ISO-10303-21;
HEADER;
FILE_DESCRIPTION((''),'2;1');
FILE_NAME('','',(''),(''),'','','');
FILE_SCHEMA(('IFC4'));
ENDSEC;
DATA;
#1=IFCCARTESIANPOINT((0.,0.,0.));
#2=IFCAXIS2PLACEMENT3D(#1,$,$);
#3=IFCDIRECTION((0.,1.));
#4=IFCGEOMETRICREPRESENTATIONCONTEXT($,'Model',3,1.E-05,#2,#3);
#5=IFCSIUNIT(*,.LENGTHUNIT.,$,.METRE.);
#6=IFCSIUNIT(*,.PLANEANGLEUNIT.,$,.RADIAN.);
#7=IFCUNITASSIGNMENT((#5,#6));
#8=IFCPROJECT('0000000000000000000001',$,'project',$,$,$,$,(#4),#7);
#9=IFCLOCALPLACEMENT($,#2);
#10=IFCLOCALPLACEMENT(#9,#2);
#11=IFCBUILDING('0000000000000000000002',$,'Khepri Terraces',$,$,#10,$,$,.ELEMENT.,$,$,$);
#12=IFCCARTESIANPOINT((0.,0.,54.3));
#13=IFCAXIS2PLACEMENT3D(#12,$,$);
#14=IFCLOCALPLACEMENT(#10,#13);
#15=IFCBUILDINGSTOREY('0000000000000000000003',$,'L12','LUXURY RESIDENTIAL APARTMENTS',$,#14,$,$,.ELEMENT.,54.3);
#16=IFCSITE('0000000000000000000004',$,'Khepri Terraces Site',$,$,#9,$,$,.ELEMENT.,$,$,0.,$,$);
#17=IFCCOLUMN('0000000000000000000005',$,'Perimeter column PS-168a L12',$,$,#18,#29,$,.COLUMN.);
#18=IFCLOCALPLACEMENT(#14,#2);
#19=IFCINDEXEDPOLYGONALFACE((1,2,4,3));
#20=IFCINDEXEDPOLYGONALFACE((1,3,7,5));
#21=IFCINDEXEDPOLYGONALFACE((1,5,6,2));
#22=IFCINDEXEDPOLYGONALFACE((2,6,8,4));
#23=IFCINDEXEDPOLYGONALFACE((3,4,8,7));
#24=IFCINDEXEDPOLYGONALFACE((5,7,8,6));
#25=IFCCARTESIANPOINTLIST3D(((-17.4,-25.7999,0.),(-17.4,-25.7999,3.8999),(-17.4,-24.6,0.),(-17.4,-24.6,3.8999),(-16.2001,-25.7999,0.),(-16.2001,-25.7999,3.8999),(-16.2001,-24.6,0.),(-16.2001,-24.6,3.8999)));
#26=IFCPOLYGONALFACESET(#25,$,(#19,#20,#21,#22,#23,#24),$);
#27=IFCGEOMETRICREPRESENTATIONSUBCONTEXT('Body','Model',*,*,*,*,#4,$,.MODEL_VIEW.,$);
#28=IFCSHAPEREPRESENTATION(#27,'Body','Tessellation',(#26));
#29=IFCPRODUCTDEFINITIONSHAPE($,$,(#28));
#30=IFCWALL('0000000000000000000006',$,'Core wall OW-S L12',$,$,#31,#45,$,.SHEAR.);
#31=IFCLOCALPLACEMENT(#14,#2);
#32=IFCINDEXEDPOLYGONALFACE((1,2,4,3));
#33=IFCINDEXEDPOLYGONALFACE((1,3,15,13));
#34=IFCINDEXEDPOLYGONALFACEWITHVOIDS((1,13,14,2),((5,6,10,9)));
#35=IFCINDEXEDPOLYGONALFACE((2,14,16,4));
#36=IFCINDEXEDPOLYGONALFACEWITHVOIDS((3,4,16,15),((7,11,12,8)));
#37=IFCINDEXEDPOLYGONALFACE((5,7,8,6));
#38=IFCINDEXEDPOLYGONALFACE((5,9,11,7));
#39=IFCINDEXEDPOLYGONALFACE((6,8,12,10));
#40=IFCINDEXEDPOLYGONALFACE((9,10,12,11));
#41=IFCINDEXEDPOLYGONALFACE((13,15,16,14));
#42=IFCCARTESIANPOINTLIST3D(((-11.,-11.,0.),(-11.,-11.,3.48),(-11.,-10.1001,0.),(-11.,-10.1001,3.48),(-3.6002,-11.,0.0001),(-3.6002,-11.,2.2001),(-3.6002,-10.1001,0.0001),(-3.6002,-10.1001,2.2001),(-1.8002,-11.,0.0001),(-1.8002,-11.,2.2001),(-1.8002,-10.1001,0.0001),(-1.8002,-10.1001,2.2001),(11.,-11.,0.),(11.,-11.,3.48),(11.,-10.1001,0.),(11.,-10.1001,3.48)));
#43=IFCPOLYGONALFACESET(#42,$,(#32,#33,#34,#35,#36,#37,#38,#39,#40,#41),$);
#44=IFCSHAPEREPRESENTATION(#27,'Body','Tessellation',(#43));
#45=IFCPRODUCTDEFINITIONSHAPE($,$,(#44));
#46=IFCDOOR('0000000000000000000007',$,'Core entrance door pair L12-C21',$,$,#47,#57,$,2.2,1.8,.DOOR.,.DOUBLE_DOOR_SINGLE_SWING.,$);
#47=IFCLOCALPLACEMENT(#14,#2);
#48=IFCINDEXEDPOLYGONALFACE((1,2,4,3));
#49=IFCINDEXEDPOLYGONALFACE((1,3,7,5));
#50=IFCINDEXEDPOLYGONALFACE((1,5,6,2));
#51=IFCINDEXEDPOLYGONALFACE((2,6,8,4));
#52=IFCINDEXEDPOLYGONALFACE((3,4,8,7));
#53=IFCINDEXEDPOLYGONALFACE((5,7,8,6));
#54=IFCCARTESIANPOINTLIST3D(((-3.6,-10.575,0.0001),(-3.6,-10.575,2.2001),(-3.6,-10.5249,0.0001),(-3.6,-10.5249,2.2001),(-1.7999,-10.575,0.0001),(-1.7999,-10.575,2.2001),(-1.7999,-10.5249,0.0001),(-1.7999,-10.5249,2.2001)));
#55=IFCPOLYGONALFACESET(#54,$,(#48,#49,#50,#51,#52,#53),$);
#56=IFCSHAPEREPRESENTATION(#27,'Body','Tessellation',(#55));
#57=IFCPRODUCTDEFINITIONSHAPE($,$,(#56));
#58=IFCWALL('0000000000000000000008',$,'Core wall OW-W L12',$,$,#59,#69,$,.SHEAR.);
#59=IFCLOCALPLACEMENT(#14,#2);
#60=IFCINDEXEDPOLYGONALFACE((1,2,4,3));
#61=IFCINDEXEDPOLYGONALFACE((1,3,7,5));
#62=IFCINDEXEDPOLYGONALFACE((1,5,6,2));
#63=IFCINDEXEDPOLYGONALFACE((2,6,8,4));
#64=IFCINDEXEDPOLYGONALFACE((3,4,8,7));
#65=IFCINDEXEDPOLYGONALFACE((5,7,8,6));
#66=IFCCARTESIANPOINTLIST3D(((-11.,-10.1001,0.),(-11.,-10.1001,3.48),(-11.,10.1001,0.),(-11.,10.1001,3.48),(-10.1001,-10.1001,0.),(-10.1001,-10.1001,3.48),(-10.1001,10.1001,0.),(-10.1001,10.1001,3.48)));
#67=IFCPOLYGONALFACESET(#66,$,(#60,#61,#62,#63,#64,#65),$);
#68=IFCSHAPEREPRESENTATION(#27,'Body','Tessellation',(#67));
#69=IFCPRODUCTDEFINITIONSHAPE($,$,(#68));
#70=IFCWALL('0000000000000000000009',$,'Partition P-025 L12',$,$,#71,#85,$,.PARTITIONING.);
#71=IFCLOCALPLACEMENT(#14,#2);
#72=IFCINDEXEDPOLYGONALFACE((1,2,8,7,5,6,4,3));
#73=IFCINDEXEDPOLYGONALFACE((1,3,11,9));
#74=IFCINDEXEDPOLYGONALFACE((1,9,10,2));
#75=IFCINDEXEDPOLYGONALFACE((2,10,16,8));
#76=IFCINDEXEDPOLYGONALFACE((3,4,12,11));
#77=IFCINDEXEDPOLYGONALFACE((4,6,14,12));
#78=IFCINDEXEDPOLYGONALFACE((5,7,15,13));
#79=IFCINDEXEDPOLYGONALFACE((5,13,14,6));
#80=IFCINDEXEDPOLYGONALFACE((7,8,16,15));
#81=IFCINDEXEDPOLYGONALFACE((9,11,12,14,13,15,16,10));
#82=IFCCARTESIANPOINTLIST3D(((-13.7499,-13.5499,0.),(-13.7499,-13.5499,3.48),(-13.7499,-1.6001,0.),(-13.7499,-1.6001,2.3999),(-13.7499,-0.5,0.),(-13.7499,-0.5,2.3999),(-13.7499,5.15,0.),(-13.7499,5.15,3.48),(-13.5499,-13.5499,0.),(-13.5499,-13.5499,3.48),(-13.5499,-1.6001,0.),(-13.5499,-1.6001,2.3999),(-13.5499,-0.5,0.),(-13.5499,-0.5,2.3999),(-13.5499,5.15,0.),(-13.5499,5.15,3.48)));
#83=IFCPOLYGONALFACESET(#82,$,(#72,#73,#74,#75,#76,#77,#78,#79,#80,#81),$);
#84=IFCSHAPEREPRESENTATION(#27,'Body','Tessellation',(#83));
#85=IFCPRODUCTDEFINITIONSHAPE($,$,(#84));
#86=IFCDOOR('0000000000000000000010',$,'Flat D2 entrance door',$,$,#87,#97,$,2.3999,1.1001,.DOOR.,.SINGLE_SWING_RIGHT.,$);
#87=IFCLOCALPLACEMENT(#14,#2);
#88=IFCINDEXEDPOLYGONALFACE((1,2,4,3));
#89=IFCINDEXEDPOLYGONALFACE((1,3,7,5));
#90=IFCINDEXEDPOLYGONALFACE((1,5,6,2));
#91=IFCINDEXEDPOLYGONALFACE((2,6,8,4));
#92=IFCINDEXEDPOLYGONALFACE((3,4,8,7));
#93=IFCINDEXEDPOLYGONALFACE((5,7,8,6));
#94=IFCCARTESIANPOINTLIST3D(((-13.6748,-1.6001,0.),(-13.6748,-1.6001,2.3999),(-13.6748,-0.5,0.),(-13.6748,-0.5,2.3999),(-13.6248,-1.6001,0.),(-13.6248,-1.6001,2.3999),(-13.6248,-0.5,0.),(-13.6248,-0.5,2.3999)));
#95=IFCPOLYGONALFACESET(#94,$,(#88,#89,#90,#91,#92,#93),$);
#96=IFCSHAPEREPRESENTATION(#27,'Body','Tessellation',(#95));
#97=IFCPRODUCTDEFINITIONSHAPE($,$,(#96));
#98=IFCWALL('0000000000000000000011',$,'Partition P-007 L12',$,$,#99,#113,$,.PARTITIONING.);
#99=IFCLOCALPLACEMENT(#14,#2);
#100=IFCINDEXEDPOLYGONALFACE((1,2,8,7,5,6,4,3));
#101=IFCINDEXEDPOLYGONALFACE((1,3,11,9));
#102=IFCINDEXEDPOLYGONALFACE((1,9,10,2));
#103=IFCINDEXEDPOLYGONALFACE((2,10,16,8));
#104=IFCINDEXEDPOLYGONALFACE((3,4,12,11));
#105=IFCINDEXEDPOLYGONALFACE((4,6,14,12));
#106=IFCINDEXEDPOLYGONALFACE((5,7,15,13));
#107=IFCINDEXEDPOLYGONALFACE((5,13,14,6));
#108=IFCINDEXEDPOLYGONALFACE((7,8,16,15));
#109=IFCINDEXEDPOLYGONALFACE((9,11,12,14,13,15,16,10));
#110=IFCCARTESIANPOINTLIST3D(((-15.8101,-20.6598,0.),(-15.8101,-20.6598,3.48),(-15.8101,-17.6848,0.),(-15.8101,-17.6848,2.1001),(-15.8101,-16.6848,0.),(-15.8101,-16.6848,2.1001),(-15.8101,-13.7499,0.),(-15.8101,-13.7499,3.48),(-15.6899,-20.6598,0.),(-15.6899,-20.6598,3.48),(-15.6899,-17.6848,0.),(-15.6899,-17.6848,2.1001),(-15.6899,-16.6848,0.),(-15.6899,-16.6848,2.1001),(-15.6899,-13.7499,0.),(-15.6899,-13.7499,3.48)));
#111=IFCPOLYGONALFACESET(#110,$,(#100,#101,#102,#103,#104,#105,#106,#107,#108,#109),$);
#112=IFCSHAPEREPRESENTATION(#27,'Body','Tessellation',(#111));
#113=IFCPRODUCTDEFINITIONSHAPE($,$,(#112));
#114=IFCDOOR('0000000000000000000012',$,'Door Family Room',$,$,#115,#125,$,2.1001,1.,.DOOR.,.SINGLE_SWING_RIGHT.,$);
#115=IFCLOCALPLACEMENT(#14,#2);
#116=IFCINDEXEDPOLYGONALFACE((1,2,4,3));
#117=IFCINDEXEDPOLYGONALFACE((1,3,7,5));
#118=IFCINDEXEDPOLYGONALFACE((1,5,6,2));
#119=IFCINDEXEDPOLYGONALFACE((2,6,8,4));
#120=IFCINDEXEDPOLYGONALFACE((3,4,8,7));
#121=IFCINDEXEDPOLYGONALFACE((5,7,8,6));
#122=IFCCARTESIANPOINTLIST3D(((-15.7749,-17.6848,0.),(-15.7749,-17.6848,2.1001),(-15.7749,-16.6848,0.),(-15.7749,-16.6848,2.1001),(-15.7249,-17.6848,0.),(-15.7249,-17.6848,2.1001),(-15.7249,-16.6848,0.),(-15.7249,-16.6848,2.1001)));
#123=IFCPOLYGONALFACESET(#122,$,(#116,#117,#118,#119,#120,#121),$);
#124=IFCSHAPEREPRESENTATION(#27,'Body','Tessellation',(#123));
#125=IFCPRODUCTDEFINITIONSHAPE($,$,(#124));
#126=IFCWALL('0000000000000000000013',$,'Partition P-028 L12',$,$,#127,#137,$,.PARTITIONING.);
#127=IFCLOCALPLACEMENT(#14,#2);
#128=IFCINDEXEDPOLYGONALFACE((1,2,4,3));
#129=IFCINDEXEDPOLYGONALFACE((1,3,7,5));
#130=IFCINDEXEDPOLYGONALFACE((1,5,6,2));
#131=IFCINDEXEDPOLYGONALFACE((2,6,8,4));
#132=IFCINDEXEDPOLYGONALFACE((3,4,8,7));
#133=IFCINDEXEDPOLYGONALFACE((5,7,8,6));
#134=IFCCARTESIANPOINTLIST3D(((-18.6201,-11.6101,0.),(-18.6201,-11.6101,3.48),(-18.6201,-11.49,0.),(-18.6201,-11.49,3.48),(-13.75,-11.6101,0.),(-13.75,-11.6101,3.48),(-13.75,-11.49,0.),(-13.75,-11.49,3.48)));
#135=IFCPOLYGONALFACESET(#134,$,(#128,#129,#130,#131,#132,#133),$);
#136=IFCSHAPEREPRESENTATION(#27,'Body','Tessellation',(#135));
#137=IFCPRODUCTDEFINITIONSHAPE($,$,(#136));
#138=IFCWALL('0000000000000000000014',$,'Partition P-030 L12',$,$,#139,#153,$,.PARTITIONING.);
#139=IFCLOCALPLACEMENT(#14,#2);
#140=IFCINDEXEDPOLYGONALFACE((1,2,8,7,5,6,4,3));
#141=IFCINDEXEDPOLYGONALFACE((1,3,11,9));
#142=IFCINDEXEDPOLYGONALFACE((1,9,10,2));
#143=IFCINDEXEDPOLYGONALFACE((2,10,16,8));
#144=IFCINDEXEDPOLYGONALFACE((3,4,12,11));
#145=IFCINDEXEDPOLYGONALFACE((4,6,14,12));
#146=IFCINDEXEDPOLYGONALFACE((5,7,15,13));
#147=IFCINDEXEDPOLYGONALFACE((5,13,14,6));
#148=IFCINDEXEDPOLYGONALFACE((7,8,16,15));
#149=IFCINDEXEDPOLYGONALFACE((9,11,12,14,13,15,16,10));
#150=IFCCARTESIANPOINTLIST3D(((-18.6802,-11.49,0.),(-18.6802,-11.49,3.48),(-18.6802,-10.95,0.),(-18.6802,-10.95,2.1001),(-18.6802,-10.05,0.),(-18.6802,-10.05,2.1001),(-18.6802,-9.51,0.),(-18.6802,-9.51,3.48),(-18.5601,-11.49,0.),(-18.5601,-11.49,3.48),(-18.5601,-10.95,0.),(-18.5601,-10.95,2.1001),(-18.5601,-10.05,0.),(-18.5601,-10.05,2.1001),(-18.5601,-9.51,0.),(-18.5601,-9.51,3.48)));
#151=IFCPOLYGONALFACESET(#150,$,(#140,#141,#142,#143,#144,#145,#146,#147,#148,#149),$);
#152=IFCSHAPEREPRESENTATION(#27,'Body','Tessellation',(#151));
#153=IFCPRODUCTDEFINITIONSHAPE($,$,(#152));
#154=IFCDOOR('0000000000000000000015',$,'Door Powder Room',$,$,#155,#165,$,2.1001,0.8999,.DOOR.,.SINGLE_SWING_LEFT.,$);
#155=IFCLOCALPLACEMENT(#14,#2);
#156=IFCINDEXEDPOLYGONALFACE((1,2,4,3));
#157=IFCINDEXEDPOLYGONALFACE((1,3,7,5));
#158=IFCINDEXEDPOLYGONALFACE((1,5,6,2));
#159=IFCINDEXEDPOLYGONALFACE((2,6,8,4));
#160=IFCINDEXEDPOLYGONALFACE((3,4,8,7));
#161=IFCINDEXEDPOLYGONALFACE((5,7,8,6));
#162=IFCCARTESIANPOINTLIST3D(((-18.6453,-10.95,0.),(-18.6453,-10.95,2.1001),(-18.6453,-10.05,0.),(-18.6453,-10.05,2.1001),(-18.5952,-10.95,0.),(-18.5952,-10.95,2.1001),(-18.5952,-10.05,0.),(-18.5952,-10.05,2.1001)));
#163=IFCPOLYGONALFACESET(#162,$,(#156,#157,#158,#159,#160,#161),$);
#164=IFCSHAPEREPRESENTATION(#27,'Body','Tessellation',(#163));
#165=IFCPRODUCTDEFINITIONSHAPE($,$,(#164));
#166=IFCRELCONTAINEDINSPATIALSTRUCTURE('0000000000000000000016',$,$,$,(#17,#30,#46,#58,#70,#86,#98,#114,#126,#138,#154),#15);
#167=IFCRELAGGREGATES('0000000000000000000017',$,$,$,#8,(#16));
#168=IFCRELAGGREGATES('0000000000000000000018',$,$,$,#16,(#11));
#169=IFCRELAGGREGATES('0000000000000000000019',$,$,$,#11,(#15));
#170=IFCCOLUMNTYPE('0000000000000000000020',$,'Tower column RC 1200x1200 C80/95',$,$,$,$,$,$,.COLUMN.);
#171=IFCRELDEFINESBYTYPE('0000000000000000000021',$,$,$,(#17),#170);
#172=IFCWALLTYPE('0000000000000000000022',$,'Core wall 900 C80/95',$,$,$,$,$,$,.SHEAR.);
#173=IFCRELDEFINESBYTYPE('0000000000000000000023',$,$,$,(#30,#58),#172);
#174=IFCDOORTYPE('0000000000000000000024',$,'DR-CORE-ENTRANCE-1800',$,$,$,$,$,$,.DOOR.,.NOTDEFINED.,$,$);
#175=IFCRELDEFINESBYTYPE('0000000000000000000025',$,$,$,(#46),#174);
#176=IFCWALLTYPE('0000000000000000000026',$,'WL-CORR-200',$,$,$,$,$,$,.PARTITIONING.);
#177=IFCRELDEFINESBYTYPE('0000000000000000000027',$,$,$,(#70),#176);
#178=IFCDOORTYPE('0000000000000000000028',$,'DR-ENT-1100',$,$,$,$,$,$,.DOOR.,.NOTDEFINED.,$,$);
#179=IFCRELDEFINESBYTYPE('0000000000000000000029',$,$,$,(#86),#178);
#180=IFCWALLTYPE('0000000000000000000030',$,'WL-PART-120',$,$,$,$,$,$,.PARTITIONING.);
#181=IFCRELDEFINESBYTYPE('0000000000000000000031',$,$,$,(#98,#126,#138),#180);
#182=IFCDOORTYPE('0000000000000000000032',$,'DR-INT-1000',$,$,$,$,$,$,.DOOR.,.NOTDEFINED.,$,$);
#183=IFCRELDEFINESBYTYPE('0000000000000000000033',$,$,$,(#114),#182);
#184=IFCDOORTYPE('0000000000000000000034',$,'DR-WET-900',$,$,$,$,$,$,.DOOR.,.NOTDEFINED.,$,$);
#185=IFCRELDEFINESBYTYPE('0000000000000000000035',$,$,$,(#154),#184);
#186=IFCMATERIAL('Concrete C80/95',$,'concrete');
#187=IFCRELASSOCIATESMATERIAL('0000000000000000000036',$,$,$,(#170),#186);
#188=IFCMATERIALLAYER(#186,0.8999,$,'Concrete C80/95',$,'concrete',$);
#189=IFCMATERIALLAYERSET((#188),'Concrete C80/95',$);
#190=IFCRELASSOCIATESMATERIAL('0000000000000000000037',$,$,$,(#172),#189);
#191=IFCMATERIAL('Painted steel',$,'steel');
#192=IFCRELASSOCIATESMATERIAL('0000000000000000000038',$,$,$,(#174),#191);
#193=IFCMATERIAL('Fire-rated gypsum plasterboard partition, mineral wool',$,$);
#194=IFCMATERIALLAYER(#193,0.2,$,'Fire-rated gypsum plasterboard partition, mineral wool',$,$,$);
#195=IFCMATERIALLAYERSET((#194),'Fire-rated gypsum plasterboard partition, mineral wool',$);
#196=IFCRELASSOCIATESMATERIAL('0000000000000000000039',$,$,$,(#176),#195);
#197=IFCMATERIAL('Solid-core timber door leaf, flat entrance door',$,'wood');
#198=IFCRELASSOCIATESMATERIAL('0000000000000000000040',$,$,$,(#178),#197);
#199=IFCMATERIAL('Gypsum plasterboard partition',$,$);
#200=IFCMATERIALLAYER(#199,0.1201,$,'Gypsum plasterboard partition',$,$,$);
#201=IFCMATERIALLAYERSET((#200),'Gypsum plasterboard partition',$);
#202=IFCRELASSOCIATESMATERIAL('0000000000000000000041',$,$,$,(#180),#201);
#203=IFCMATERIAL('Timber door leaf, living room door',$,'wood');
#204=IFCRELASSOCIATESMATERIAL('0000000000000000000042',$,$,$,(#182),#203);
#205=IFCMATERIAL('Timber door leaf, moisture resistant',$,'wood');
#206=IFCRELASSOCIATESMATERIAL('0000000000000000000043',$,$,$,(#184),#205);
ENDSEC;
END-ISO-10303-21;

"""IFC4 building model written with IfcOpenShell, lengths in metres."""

from ifc_helpers import new_model, si_unit, direction, frame, frame_2d, origin, origin_2d, place, context, subcontext, project, spatial, rectangle, extrude, material, layer, layer_set, material_profile, profile_set, type_object, element, fill, save


model = new_model("IFC4")

# Units and contexts
model_context = context("Model", 3, precision=1e-05, world=origin(), true_north=direction((0.0, 1.0)))
body_context = subcontext(model_context, "Body", "Model", "MODEL_VIEW")
ifc_project = project(units=[si_unit("LENGTHUNIT", "METRE"), si_unit("PLANEANGLEUNIT", "RADIAN")], contexts=[model_context])

# Site, building, storey
site_placement = place(None, origin())
site = spatial("IfcSite", under=ifc_project, at=site_placement, Name="Khepri Terraces Site", CompositionType="ELEMENT", RefElevation=0.0)
building_placement = place(site_placement, origin())
building = spatial("IfcBuilding", under=site, at=building_placement, Name="Khepri Terraces", CompositionType="ELEMENT")
storey_placement = place(building_placement, frame((0.0, 0.0, 54.3)))
storey = spatial("IfcBuildingStorey", under=building, at=storey_placement, Name="L12", Description="LUXURY RESIDENTIAL APARTMENTS", CompositionType="ELEMENT", Elevation=54.3)

# Column
ifc_material_1 = material(Name="Concrete C80/95", Category="concrete")
ifc_material_profile = material_profile(ifc_material_1, rectangle(XDim=1.2, YDim=1.2, at=origin_2d()), Name="Concrete C80/95", Category="concrete")
ifc_profile_set = profile_set([ifc_material_profile], Name="Concrete C80/95")
column_type = type_object("IfcColumnType", Name="Tower column RC 1200x1200 C80/95", PredefinedType="COLUMN", material=ifc_profile_set)
column_placement = place(storey_placement, frame((-16.8, -25.2, 0.0), z_axis=(0.0, 0.0, 1.0), x_axis=(1.0, 0.0, 0.0)))
element("IfcColumn", 1, at=column_placement, inside=storey, type_object=column_type, Name="Perimeter column PS-168a L12", PredefinedType="COLUMN", context=body_context, shape_type="SweptSolid", body=[
    extrude(rectangle(XDim=1.2, YDim=1.2, at=origin_2d()), origin(), (0.0, 0.0, 1.0), 3.8999),
])

# Wall, opening, door
ifc_layer_1 = layer(ifc_material_1, 0.8999, Name="Concrete C80/95", Category="concrete")
ifc_layer_set_1 = layer_set([ifc_layer_1], Name="Concrete C80/95")
wall_type_1 = type_object("IfcWallType", Name="Core wall 900 C80/95", PredefinedType="SHEAR", material=ifc_layer_set_1)
wall_1_placement = place(storey_placement, frame((-11.0, -10.55, 0.0), z_axis=(0.0, 0.0, 1.0), x_axis=(1.0, 0.0, 0.0)))
wall_1 = element("IfcWall", 2, at=wall_1_placement, inside=storey, type_object=wall_type_1, Name="Core wall OW-S L12", PredefinedType="SHEAR", context=body_context, shape_type="SweptSolid", body=[
    extrude(rectangle(XDim=22.0, YDim=0.8999, at=frame_2d((11.0, 0.0))), origin(), (0.0, 0.0, 1.0), 3.48),
])
opening_1_placement = place(wall_1_placement, frame((7.3999, 0.0, 0.0)))
opening_1 = element("IfcOpeningElement", 3, at=opening_1_placement, cuts=wall_1, PredefinedType="OPENING", context=body_context, shape_type="SweptSolid", body=[
    extrude(rectangle(XDim=1.8, YDim=2.2, at=frame_2d((0.8999, 1.1001))), frame((0.0, 0.46, 0.0), z_axis=(0.0, -1.0, 0.0), x_axis=(1.0, 0.0, 0.0)), (0.0, 0.0, 1.0), 0.9199),
])
ifc_material_2 = material(Name="Painted steel", Category="steel")
door_type_1 = type_object("IfcDoorType", Name="DR-CORE-ENTRANCE-1800", OperationType="NOTDEFINED", PredefinedType="DOOR", material=ifc_material_2)
door_1_placement = place(opening_1_placement, frame((1.8, 0.0, 0.0), z_axis=(0.0, 0.0, 1.0), x_axis=(-1.0, 0.0, 0.0)))
door_1 = element("IfcDoor", 4, at=door_1_placement, inside=storey, type_object=door_type_1, Name="Core entrance door pair L12-C21", OperationType="DOUBLE_DOOR_SINGLE_SWING", OverallHeight=2.2, OverallWidth=1.8, PredefinedType="DOOR", context=body_context, shape_type="SweptSolid", body=[
    extrude(rectangle(XDim=1.8, YDim=2.2, at=frame_2d((0.8999, 1.1001))), frame((0.0, 0.0249, 0.0), z_axis=(0.0, -1.0, 0.0), x_axis=(1.0, 0.0, 0.0)), (0.0, 0.0, 1.0), 0.05),
])
fill(opening_1, door_1)

# Wall
wall_2_placement = place(storey_placement, frame((-10.55, -10.1001, 0.0), z_axis=(0.0, 0.0, 1.0), x_axis=(0.0, 1.0, 0.0)))
element("IfcWall", 5, at=wall_2_placement, inside=storey, type_object=wall_type_1, Name="Core wall OW-W L12", PredefinedType="SHEAR", context=body_context, shape_type="SweptSolid", body=[
    extrude(rectangle(XDim=20.2002, YDim=0.8999, at=frame_2d((10.1001, 0.0))), origin(), (0.0, 0.0, 1.0), 3.48),
])

# Wall, opening, door
ifc_material_3 = material(Name="Fire-rated gypsum plasterboard partition, mineral wool")
ifc_layer_2 = layer(ifc_material_3, 0.2, Name="Fire-rated gypsum plasterboard partition, mineral wool")
ifc_layer_set_2 = layer_set([ifc_layer_2], Name="Fire-rated gypsum plasterboard partition, mineral wool")
wall_type_2 = type_object("IfcWallType", Name="WL-CORR-200", PredefinedType="PARTITIONING", material=ifc_layer_set_2)
wall_3_placement = place(storey_placement, frame((-13.6499, -13.55, 0.0), z_axis=(0.0, 0.0, 1.0), x_axis=(0.0, 1.0, 0.0)))
wall_3 = element("IfcWall", 6, at=wall_3_placement, inside=storey, type_object=wall_type_2, Name="Partition P-025 L12", PredefinedType="PARTITIONING", context=body_context, shape_type="SweptSolid", body=[
    extrude(rectangle(XDim=18.7, YDim=0.2, at=frame_2d((9.3501, 0.0))), origin(), (0.0, 0.0, 1.0), 3.48),
])
opening_2_placement = place(wall_3_placement, frame((11.95, 0.0, 0.0)))
opening_2 = element("IfcOpeningElement", 7, at=opening_2_placement, cuts=wall_3, PredefinedType="OPENING", context=body_context, shape_type="SweptSolid", body=[
    extrude(rectangle(XDim=1.1001, YDim=2.3999, at=frame_2d((0.55, 1.2))), frame((0.0, 0.1099, 0.0), z_axis=(0.0, -1.0, 0.0), x_axis=(1.0, 0.0, 0.0)), (0.0, 0.0, 1.0), 0.22),
])
ifc_material_4 = material(Name="Solid-core timber door leaf, flat entrance door", Category="wood")
door_type_2 = type_object("IfcDoorType", Name="DR-ENT-1100", OperationType="NOTDEFINED", PredefinedType="DOOR", material=ifc_material_4)
door_2_placement = place(opening_2_placement, origin())
door_2 = element("IfcDoor", 8, at=door_2_placement, inside=storey, type_object=door_type_2, Name="Flat D2 entrance door", OperationType="SINGLE_SWING_RIGHT", OverallHeight=2.3999, OverallWidth=1.1001, PredefinedType="DOOR", context=body_context, shape_type="SweptSolid", body=[
    extrude(rectangle(XDim=1.1001, YDim=2.3999, at=frame_2d((0.55, 1.2))), frame((0.0, 0.0249, 0.0), z_axis=(0.0, -1.0, 0.0), x_axis=(1.0, 0.0, 0.0)), (0.0, 0.0, 1.0), 0.05),
])
fill(opening_2, door_2)

# Wall, opening, door
ifc_material_5 = material(Name="Gypsum plasterboard partition")
ifc_layer_3 = layer(ifc_material_5, 0.1201, Name="Gypsum plasterboard partition")
ifc_layer_set_3 = layer_set([ifc_layer_3], Name="Gypsum plasterboard partition")
wall_type_3 = type_object("IfcWallType", Name="WL-PART-120", PredefinedType="PARTITIONING", material=ifc_layer_set_3)
wall_4_placement = place(storey_placement, frame((-15.75, -20.6599, 0.0), z_axis=(0.0, 0.0, 1.0), x_axis=(0.0, 1.0, 0.0)))
wall_4 = element("IfcWall", 9, at=wall_4_placement, inside=storey, type_object=wall_type_3, Name="Partition P-007 L12", PredefinedType="PARTITIONING", context=body_context, shape_type="SweptSolid", body=[
    extrude(rectangle(XDim=6.9099, YDim=0.1201, at=frame_2d((3.4551, 0.0))), origin(), (0.0, 0.0, 1.0), 3.48),
])
opening_3_placement = place(wall_4_placement, frame((2.9751, 0.0, 0.0)))
opening_3 = element("IfcOpeningElement", 10, at=opening_3_placement, cuts=wall_4, PredefinedType="OPENING", context=body_context, shape_type="SweptSolid", body=[
    extrude(rectangle(XDim=1.0, YDim=2.1001, at=frame_2d((0.5, 1.05))), frame((0.0, 0.0701, 0.0), z_axis=(0.0, -1.0, 0.0), x_axis=(1.0, 0.0, 0.0)), (0.0, 0.0, 1.0), 0.1401),
])
ifc_material_6 = material(Name="Timber door leaf, living room door", Category="wood")
door_type_3 = type_object("IfcDoorType", Name="DR-INT-1000", OperationType="NOTDEFINED", PredefinedType="DOOR", material=ifc_material_6)
door_3_placement = place(opening_3_placement, origin())
door_3 = element("IfcDoor", 11, at=door_3_placement, inside=storey, type_object=door_type_3, Name="Door Family Room", OperationType="SINGLE_SWING_RIGHT", OverallHeight=2.1001, OverallWidth=1.0, PredefinedType="DOOR", context=body_context, shape_type="SweptSolid", body=[
    extrude(rectangle(XDim=1.0, YDim=2.1001, at=frame_2d((0.5, 1.05))), frame((0.0, 0.0249, 0.0), z_axis=(0.0, -1.0, 0.0), x_axis=(1.0, 0.0, 0.0)), (0.0, 0.0, 1.0), 0.05),
])
fill(opening_3, door_3)

# Wall
wall_5_placement = place(storey_placement, frame((-18.6201, -11.55, 0.0), z_axis=(0.0, 0.0, 1.0), x_axis=(1.0, 0.0, 0.0)))
element("IfcWall", 12, at=wall_5_placement, inside=storey, type_object=wall_type_3, Name="Partition P-028 L12", PredefinedType="PARTITIONING", context=body_context, shape_type="SweptSolid", body=[
    extrude(rectangle(XDim=4.8701, YDim=0.1201, at=frame_2d((2.4351, 0.0))), origin(), (0.0, 0.0, 1.0), 3.48),
])

# Wall, opening, door
wall_6_placement = place(storey_placement, frame((-18.6201, -11.49, 0.0), z_axis=(0.0, 0.0, 1.0), x_axis=(0.0, 1.0, 0.0)))
wall_6 = element("IfcWall", 13, at=wall_6_placement, inside=storey, type_object=wall_type_3, Name="Partition P-030 L12", PredefinedType="PARTITIONING", context=body_context, shape_type="SweptSolid", body=[
    extrude(rectangle(XDim=1.98, YDim=0.1201, at=frame_2d((0.99, 0.0))), origin(), (0.0, 0.0, 1.0), 3.48),
])
opening_4_placement = place(wall_6_placement, frame((0.54, 0.0, 0.0)))
opening_4 = element("IfcOpeningElement", 14, at=opening_4_placement, cuts=wall_6, PredefinedType="OPENING", context=body_context, shape_type="SweptSolid", body=[
    extrude(rectangle(XDim=0.8999, YDim=2.1001, at=frame_2d((0.45, 1.05))), frame((0.0, 0.0701, 0.0), z_axis=(0.0, -1.0, 0.0), x_axis=(1.0, 0.0, 0.0)), (0.0, 0.0, 1.0), 0.1401),
])
ifc_material_7 = material(Name="Timber door leaf, moisture resistant", Category="wood")
door_type_4 = type_object("IfcDoorType", Name="DR-WET-900", OperationType="NOTDEFINED", PredefinedType="DOOR", material=ifc_material_7)
door_4_placement = place(opening_4_placement, frame((0.8999, 0.0, 0.0), z_axis=(0.0, 0.0, 1.0), x_axis=(-1.0, 0.0, 0.0)))
door_4 = element("IfcDoor", 15, at=door_4_placement, inside=storey, type_object=door_type_4, Name="Door Powder Room", OperationType="SINGLE_SWING_LEFT", OverallHeight=2.1001, OverallWidth=0.8999, PredefinedType="DOOR", context=body_context, shape_type="SweptSolid", body=[
    extrude(rectangle(XDim=0.8999, YDim=2.1001, at=frame_2d((0.45, 1.05))), frame((0.0, 0.0249, 0.0), z_axis=(0.0, -1.0, 0.0), x_axis=(1.0, 0.0, 0.0)), (0.0, 0.0, 1.0), 0.05),
])
fill(opening_4, door_4)

save(model, "model.ifc")
